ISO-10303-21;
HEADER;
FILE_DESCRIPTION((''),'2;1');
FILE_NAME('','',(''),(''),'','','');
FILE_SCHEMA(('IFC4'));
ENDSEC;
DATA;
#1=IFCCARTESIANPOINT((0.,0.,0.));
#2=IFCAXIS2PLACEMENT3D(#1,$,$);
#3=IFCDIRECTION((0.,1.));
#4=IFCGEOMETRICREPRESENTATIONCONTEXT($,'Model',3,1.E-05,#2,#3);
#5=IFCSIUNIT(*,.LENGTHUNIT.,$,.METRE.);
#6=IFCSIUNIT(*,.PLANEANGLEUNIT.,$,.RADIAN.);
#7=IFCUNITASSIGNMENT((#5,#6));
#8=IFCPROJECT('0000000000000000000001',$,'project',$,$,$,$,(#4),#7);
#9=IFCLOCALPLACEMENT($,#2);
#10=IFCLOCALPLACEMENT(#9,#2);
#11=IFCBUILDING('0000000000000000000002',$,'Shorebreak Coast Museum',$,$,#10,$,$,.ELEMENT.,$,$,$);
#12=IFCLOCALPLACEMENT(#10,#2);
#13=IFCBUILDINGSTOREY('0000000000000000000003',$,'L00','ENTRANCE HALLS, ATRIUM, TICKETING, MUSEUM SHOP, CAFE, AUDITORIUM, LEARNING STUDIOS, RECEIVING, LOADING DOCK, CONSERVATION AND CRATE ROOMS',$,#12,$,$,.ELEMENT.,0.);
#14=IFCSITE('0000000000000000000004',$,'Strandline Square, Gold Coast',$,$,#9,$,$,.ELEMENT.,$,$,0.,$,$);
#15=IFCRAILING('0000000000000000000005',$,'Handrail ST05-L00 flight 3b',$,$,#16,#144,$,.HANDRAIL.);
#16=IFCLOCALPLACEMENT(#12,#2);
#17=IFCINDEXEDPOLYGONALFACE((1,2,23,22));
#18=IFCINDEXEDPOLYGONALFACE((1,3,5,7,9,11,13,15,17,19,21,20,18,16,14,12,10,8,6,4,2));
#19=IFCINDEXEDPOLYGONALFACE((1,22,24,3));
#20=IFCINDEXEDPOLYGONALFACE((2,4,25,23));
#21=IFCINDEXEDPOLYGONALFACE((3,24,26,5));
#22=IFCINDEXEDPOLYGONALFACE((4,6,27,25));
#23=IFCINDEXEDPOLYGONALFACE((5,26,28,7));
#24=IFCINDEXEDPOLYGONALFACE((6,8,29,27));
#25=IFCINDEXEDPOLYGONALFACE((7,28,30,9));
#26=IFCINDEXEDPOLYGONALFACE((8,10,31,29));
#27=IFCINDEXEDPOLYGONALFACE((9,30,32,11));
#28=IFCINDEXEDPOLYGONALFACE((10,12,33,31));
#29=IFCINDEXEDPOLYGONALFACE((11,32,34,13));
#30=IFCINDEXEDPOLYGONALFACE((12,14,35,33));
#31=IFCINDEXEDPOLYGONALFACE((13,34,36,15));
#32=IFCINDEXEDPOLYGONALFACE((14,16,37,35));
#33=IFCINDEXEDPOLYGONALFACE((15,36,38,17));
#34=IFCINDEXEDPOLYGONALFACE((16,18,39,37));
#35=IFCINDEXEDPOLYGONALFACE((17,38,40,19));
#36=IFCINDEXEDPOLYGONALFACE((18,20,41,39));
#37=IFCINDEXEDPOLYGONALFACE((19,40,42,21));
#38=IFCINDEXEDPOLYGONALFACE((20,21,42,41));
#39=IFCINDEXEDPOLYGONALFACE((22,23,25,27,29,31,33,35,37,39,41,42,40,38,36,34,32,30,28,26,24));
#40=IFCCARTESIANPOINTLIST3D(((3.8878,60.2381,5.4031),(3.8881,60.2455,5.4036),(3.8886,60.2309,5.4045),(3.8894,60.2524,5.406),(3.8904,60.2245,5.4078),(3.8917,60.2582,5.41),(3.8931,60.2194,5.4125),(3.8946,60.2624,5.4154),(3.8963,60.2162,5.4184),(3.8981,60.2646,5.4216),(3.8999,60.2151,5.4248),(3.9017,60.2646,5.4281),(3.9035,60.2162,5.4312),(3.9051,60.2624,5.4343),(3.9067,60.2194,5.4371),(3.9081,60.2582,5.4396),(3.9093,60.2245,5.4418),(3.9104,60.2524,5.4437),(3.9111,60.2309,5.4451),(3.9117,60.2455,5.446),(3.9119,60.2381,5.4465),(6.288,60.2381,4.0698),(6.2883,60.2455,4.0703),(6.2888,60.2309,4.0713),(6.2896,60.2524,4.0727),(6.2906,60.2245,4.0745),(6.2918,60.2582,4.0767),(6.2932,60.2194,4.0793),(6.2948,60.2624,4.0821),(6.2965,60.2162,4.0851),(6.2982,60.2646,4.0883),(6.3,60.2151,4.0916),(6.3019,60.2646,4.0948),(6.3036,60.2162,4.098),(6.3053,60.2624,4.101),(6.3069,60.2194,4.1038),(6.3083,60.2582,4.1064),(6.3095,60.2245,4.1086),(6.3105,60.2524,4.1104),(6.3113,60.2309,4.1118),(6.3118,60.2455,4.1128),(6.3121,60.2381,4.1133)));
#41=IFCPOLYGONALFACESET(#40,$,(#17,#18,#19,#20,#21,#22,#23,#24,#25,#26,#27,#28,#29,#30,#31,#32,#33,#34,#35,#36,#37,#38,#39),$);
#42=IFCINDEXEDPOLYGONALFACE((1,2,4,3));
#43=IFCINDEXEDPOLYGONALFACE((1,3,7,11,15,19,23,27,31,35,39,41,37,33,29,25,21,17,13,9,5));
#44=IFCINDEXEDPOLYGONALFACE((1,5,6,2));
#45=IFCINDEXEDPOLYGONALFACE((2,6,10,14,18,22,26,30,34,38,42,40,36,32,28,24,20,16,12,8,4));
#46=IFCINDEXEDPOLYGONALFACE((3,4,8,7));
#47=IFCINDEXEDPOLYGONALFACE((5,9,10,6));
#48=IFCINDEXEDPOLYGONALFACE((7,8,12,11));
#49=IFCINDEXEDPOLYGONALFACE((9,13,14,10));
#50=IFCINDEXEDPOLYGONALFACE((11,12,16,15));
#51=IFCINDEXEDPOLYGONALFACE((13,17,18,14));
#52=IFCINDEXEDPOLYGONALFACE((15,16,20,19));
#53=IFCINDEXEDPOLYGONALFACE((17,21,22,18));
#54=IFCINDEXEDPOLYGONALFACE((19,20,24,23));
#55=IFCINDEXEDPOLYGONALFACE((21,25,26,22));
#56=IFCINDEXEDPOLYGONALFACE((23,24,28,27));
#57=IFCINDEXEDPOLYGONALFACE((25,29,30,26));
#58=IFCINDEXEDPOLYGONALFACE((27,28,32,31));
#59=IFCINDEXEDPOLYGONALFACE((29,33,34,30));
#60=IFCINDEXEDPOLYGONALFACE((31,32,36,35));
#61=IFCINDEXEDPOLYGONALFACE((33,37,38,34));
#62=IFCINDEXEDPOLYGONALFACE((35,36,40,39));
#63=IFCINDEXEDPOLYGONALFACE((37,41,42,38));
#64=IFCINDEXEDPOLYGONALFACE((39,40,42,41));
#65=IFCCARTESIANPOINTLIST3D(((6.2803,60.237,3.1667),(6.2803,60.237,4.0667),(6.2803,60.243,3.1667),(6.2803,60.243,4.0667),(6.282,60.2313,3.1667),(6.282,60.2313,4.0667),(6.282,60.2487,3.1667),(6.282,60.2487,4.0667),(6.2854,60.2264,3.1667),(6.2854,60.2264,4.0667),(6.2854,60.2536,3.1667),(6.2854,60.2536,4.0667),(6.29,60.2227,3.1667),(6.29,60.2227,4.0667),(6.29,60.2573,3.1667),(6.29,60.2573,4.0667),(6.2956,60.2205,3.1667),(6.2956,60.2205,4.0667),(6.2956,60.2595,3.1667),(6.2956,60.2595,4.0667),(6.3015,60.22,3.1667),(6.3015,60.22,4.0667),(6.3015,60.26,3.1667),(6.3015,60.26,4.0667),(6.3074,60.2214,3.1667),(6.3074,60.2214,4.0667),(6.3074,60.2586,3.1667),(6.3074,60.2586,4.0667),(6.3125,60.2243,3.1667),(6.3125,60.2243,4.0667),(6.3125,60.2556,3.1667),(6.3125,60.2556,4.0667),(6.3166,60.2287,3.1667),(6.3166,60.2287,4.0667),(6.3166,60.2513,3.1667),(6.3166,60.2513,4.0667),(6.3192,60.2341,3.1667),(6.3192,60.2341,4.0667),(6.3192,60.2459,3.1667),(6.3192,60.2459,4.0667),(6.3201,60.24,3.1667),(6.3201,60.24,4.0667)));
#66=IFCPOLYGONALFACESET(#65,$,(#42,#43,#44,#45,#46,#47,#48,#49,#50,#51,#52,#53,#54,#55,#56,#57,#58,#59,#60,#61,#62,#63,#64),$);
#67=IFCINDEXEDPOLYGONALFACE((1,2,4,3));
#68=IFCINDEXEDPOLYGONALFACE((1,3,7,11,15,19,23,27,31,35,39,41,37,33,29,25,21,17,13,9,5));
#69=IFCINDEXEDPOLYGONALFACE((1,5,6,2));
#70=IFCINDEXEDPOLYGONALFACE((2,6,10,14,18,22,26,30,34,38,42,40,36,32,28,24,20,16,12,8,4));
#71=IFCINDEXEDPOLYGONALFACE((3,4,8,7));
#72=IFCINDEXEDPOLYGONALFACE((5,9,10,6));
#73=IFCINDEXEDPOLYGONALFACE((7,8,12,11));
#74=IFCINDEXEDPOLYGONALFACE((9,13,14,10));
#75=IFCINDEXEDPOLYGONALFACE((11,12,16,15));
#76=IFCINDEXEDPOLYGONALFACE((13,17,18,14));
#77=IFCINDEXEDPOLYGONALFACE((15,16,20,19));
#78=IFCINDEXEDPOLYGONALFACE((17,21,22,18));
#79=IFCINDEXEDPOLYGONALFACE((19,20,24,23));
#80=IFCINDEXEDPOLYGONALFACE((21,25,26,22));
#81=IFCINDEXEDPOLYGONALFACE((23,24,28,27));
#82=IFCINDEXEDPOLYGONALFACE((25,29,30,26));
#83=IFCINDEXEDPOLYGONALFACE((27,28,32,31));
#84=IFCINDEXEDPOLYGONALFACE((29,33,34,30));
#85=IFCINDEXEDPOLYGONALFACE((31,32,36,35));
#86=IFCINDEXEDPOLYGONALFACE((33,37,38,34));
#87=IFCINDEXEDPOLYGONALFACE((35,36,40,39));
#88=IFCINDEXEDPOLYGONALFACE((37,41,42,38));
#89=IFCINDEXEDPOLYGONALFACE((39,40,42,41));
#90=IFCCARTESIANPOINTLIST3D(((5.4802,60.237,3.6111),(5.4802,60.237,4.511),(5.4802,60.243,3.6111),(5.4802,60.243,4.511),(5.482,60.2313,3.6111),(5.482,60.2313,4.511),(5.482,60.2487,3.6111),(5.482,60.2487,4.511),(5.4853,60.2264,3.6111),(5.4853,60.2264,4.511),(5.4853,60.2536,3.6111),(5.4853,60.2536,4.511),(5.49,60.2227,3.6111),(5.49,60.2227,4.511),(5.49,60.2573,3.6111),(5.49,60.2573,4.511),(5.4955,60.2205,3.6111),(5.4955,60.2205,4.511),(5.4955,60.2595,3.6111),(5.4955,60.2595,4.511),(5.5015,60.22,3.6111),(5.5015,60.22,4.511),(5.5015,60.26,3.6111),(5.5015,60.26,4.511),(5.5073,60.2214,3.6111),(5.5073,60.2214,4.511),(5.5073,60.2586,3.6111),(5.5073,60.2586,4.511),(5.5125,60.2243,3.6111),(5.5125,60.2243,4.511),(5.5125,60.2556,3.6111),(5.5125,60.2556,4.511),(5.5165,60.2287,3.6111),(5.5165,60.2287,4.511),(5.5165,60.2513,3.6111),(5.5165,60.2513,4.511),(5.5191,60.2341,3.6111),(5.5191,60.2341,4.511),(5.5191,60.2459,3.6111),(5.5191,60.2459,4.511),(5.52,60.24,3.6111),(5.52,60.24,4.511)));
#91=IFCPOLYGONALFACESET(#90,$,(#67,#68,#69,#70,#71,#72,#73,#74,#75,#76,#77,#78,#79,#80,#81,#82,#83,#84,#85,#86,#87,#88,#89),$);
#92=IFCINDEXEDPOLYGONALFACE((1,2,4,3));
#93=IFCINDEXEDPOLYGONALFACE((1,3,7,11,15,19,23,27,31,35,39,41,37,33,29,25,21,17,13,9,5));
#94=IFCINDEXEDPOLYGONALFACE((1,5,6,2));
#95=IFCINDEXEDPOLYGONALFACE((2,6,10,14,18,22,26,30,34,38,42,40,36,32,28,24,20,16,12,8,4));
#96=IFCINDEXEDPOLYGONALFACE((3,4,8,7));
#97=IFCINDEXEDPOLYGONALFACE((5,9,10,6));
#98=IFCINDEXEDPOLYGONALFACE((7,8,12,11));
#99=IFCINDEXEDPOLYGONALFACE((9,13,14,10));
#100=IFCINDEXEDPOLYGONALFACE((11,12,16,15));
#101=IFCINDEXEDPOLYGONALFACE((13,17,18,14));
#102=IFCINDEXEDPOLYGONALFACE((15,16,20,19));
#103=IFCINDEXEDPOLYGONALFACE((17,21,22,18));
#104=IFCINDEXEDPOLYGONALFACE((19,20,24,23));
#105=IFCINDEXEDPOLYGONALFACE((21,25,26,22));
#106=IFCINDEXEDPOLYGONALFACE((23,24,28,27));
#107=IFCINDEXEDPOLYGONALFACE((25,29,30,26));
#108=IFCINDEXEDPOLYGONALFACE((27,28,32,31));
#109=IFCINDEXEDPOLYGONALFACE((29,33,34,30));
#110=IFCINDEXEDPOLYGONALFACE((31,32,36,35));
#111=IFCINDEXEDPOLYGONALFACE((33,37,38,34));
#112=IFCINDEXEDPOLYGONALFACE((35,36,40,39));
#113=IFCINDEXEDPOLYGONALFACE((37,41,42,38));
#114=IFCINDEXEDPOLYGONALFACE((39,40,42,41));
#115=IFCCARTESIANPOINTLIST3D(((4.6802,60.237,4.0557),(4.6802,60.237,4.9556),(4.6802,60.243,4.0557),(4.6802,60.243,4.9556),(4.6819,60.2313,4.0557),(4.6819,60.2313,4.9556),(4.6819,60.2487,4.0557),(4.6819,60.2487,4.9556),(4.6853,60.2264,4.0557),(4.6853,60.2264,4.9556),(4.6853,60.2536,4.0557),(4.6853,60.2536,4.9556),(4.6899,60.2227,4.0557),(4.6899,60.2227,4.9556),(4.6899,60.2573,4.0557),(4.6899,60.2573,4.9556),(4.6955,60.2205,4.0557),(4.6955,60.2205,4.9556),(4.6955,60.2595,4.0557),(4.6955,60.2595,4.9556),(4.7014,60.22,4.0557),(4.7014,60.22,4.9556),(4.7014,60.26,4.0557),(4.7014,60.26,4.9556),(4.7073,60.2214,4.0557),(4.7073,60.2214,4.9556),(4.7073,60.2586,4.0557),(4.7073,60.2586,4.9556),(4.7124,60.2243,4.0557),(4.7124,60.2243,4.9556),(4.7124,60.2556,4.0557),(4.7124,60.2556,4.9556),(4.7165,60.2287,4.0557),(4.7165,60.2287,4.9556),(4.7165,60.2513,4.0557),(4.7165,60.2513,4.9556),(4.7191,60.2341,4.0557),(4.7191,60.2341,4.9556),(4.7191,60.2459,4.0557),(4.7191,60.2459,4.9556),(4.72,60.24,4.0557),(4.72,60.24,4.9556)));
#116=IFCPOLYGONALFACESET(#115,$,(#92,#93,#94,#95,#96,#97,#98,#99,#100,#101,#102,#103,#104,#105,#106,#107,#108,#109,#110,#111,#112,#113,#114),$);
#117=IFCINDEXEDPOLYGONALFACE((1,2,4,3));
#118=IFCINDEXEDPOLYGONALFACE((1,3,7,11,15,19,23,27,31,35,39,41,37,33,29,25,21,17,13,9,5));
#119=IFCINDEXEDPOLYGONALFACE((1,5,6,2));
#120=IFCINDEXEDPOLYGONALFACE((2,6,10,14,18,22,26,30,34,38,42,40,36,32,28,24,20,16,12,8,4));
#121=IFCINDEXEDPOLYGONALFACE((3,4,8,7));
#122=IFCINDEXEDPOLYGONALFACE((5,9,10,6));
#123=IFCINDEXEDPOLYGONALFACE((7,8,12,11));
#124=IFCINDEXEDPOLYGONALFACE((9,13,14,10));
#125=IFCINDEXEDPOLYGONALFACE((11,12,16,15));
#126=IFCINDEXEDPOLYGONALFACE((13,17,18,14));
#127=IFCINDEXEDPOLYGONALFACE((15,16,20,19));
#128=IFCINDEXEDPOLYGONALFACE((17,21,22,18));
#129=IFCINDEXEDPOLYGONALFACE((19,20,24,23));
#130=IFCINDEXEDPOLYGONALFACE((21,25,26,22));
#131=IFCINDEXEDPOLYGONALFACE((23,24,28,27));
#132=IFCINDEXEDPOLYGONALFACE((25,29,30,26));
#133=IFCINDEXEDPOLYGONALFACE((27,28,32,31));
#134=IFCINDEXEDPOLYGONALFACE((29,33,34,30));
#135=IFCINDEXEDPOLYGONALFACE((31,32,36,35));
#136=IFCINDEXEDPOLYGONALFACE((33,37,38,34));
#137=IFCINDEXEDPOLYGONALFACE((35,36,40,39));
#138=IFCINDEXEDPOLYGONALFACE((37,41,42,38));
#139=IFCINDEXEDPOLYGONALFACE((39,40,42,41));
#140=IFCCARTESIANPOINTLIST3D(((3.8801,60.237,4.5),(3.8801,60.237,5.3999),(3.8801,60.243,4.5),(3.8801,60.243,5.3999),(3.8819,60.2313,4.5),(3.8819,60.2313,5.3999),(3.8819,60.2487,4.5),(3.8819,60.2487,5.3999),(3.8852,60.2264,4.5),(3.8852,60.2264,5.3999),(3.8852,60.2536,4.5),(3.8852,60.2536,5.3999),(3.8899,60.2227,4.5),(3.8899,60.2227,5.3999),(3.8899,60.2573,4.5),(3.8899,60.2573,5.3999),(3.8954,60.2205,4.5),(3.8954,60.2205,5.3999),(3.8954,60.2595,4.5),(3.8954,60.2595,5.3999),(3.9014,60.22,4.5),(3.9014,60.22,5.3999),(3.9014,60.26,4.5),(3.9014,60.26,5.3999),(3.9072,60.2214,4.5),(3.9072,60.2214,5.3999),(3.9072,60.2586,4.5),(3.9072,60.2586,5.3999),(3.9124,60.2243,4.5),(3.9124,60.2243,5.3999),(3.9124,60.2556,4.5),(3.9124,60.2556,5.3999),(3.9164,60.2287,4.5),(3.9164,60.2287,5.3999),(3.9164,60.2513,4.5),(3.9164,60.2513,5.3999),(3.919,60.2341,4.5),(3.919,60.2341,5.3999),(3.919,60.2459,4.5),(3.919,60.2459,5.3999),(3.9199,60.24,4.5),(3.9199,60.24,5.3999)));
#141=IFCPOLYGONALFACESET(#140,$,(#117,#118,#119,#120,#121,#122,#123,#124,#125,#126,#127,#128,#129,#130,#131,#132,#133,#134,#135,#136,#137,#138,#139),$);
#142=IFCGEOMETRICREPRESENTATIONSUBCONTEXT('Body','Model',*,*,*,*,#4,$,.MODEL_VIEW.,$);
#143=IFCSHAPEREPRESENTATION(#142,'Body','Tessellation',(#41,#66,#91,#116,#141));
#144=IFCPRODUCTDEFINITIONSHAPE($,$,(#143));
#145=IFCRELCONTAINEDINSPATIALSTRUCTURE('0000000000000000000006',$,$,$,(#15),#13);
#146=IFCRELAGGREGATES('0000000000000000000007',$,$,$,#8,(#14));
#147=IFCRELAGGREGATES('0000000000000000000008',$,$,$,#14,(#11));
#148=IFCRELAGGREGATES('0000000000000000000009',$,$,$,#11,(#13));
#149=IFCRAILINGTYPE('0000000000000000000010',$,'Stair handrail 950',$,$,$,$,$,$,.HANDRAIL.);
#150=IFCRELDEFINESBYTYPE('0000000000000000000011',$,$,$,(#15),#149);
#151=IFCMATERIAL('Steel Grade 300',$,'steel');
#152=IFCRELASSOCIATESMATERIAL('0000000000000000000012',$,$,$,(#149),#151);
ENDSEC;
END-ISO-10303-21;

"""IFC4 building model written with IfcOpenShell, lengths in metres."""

from ifc_helpers import new_model, si_unit, direction, frame, origin, origin_2d, place, context, subcontext, project, spatial, circle, extrude, material, type_object, element, save


model = new_model("IFC4")

# Units and contexts
model_context = context("Model", 3, precision=1e-05, world=origin(), true_north=direction((0.0, 1.0)))
body_context = subcontext(model_context, "Body", "Model", "MODEL_VIEW")
ifc_project = project(units=[si_unit("LENGTHUNIT", "METRE"), si_unit("PLANEANGLEUNIT", "RADIAN")], contexts=[model_context])

# Site, building, storey
site_placement = place(None, origin())
site = spatial("IfcSite", under=ifc_project, at=site_placement, Name="Strandline Square, Gold Coast", CompositionType="ELEMENT", RefElevation=0.0)
building_placement = place(site_placement, origin())
building = spatial("IfcBuilding", under=site, at=building_placement, Name="Shorebreak Coast Museum", CompositionType="ELEMENT")
storey_placement = place(building_placement, origin())
storey = spatial("IfcBuildingStorey", under=building, at=storey_placement, Name="L00", Description="ENTRANCE HALLS, ATRIUM, TICKETING, MUSEUM SHOP, CAFE, AUDITORIUM, LEARNING STUDIOS, RECEIVING, LOADING DOCK, CONSERVATION AND CRATE ROOMS", CompositionType="ELEMENT", Elevation=0.0)

# Railing
ifc_material_1 = material(Name="Steel Grade 300", Category="steel")
railing_type_1 = type_object("IfcRailingType", Name="Stair handrail 950", PredefinedType="HANDRAIL", material=ifc_material_1)
for number, where, name in (
    (1, (6.3, 60.24, 3.1667), "Handrail ST05-L00 flight 3b"),
):
    element("IfcRailing", number, at=place(storey_placement, frame(where)), inside=storey, type_object=railing_type_1, Name=name, PredefinedType="HANDRAIL", context=body_context, shape_type="SweptSolid", body=[
        extrude(circle(Radius=0.0249, at=origin_2d()), frame((0.0, 0.0, 0.9248), z_axis=(-0.874182, 0.0, 0.485598), x_axis=(0.0, -1.0, 0.0)), (0.0, 0.0, 1.0), 2.7456),
        extrude(circle(Radius=0.02, at=origin_2d()), origin(), (0.0, 0.0, 1.0), 0.8999),
        extrude(circle(Radius=0.02, at=origin_2d()), frame((-0.8, 0.0, 0.4443)), (0.0, 0.0, 1.0), 0.8999),
        extrude(circle(Radius=0.02, at=origin_2d()), frame((-1.6001, 0.0, 0.8889)), (0.0, 0.0, 1.0), 0.8999),
        extrude(circle(Radius=0.02, at=origin_2d()), frame((-2.4001, 0.0, 1.3333)), (0.0, 0.0, 1.0), 0.8999),
    ])

save(model, "model.ifc")
